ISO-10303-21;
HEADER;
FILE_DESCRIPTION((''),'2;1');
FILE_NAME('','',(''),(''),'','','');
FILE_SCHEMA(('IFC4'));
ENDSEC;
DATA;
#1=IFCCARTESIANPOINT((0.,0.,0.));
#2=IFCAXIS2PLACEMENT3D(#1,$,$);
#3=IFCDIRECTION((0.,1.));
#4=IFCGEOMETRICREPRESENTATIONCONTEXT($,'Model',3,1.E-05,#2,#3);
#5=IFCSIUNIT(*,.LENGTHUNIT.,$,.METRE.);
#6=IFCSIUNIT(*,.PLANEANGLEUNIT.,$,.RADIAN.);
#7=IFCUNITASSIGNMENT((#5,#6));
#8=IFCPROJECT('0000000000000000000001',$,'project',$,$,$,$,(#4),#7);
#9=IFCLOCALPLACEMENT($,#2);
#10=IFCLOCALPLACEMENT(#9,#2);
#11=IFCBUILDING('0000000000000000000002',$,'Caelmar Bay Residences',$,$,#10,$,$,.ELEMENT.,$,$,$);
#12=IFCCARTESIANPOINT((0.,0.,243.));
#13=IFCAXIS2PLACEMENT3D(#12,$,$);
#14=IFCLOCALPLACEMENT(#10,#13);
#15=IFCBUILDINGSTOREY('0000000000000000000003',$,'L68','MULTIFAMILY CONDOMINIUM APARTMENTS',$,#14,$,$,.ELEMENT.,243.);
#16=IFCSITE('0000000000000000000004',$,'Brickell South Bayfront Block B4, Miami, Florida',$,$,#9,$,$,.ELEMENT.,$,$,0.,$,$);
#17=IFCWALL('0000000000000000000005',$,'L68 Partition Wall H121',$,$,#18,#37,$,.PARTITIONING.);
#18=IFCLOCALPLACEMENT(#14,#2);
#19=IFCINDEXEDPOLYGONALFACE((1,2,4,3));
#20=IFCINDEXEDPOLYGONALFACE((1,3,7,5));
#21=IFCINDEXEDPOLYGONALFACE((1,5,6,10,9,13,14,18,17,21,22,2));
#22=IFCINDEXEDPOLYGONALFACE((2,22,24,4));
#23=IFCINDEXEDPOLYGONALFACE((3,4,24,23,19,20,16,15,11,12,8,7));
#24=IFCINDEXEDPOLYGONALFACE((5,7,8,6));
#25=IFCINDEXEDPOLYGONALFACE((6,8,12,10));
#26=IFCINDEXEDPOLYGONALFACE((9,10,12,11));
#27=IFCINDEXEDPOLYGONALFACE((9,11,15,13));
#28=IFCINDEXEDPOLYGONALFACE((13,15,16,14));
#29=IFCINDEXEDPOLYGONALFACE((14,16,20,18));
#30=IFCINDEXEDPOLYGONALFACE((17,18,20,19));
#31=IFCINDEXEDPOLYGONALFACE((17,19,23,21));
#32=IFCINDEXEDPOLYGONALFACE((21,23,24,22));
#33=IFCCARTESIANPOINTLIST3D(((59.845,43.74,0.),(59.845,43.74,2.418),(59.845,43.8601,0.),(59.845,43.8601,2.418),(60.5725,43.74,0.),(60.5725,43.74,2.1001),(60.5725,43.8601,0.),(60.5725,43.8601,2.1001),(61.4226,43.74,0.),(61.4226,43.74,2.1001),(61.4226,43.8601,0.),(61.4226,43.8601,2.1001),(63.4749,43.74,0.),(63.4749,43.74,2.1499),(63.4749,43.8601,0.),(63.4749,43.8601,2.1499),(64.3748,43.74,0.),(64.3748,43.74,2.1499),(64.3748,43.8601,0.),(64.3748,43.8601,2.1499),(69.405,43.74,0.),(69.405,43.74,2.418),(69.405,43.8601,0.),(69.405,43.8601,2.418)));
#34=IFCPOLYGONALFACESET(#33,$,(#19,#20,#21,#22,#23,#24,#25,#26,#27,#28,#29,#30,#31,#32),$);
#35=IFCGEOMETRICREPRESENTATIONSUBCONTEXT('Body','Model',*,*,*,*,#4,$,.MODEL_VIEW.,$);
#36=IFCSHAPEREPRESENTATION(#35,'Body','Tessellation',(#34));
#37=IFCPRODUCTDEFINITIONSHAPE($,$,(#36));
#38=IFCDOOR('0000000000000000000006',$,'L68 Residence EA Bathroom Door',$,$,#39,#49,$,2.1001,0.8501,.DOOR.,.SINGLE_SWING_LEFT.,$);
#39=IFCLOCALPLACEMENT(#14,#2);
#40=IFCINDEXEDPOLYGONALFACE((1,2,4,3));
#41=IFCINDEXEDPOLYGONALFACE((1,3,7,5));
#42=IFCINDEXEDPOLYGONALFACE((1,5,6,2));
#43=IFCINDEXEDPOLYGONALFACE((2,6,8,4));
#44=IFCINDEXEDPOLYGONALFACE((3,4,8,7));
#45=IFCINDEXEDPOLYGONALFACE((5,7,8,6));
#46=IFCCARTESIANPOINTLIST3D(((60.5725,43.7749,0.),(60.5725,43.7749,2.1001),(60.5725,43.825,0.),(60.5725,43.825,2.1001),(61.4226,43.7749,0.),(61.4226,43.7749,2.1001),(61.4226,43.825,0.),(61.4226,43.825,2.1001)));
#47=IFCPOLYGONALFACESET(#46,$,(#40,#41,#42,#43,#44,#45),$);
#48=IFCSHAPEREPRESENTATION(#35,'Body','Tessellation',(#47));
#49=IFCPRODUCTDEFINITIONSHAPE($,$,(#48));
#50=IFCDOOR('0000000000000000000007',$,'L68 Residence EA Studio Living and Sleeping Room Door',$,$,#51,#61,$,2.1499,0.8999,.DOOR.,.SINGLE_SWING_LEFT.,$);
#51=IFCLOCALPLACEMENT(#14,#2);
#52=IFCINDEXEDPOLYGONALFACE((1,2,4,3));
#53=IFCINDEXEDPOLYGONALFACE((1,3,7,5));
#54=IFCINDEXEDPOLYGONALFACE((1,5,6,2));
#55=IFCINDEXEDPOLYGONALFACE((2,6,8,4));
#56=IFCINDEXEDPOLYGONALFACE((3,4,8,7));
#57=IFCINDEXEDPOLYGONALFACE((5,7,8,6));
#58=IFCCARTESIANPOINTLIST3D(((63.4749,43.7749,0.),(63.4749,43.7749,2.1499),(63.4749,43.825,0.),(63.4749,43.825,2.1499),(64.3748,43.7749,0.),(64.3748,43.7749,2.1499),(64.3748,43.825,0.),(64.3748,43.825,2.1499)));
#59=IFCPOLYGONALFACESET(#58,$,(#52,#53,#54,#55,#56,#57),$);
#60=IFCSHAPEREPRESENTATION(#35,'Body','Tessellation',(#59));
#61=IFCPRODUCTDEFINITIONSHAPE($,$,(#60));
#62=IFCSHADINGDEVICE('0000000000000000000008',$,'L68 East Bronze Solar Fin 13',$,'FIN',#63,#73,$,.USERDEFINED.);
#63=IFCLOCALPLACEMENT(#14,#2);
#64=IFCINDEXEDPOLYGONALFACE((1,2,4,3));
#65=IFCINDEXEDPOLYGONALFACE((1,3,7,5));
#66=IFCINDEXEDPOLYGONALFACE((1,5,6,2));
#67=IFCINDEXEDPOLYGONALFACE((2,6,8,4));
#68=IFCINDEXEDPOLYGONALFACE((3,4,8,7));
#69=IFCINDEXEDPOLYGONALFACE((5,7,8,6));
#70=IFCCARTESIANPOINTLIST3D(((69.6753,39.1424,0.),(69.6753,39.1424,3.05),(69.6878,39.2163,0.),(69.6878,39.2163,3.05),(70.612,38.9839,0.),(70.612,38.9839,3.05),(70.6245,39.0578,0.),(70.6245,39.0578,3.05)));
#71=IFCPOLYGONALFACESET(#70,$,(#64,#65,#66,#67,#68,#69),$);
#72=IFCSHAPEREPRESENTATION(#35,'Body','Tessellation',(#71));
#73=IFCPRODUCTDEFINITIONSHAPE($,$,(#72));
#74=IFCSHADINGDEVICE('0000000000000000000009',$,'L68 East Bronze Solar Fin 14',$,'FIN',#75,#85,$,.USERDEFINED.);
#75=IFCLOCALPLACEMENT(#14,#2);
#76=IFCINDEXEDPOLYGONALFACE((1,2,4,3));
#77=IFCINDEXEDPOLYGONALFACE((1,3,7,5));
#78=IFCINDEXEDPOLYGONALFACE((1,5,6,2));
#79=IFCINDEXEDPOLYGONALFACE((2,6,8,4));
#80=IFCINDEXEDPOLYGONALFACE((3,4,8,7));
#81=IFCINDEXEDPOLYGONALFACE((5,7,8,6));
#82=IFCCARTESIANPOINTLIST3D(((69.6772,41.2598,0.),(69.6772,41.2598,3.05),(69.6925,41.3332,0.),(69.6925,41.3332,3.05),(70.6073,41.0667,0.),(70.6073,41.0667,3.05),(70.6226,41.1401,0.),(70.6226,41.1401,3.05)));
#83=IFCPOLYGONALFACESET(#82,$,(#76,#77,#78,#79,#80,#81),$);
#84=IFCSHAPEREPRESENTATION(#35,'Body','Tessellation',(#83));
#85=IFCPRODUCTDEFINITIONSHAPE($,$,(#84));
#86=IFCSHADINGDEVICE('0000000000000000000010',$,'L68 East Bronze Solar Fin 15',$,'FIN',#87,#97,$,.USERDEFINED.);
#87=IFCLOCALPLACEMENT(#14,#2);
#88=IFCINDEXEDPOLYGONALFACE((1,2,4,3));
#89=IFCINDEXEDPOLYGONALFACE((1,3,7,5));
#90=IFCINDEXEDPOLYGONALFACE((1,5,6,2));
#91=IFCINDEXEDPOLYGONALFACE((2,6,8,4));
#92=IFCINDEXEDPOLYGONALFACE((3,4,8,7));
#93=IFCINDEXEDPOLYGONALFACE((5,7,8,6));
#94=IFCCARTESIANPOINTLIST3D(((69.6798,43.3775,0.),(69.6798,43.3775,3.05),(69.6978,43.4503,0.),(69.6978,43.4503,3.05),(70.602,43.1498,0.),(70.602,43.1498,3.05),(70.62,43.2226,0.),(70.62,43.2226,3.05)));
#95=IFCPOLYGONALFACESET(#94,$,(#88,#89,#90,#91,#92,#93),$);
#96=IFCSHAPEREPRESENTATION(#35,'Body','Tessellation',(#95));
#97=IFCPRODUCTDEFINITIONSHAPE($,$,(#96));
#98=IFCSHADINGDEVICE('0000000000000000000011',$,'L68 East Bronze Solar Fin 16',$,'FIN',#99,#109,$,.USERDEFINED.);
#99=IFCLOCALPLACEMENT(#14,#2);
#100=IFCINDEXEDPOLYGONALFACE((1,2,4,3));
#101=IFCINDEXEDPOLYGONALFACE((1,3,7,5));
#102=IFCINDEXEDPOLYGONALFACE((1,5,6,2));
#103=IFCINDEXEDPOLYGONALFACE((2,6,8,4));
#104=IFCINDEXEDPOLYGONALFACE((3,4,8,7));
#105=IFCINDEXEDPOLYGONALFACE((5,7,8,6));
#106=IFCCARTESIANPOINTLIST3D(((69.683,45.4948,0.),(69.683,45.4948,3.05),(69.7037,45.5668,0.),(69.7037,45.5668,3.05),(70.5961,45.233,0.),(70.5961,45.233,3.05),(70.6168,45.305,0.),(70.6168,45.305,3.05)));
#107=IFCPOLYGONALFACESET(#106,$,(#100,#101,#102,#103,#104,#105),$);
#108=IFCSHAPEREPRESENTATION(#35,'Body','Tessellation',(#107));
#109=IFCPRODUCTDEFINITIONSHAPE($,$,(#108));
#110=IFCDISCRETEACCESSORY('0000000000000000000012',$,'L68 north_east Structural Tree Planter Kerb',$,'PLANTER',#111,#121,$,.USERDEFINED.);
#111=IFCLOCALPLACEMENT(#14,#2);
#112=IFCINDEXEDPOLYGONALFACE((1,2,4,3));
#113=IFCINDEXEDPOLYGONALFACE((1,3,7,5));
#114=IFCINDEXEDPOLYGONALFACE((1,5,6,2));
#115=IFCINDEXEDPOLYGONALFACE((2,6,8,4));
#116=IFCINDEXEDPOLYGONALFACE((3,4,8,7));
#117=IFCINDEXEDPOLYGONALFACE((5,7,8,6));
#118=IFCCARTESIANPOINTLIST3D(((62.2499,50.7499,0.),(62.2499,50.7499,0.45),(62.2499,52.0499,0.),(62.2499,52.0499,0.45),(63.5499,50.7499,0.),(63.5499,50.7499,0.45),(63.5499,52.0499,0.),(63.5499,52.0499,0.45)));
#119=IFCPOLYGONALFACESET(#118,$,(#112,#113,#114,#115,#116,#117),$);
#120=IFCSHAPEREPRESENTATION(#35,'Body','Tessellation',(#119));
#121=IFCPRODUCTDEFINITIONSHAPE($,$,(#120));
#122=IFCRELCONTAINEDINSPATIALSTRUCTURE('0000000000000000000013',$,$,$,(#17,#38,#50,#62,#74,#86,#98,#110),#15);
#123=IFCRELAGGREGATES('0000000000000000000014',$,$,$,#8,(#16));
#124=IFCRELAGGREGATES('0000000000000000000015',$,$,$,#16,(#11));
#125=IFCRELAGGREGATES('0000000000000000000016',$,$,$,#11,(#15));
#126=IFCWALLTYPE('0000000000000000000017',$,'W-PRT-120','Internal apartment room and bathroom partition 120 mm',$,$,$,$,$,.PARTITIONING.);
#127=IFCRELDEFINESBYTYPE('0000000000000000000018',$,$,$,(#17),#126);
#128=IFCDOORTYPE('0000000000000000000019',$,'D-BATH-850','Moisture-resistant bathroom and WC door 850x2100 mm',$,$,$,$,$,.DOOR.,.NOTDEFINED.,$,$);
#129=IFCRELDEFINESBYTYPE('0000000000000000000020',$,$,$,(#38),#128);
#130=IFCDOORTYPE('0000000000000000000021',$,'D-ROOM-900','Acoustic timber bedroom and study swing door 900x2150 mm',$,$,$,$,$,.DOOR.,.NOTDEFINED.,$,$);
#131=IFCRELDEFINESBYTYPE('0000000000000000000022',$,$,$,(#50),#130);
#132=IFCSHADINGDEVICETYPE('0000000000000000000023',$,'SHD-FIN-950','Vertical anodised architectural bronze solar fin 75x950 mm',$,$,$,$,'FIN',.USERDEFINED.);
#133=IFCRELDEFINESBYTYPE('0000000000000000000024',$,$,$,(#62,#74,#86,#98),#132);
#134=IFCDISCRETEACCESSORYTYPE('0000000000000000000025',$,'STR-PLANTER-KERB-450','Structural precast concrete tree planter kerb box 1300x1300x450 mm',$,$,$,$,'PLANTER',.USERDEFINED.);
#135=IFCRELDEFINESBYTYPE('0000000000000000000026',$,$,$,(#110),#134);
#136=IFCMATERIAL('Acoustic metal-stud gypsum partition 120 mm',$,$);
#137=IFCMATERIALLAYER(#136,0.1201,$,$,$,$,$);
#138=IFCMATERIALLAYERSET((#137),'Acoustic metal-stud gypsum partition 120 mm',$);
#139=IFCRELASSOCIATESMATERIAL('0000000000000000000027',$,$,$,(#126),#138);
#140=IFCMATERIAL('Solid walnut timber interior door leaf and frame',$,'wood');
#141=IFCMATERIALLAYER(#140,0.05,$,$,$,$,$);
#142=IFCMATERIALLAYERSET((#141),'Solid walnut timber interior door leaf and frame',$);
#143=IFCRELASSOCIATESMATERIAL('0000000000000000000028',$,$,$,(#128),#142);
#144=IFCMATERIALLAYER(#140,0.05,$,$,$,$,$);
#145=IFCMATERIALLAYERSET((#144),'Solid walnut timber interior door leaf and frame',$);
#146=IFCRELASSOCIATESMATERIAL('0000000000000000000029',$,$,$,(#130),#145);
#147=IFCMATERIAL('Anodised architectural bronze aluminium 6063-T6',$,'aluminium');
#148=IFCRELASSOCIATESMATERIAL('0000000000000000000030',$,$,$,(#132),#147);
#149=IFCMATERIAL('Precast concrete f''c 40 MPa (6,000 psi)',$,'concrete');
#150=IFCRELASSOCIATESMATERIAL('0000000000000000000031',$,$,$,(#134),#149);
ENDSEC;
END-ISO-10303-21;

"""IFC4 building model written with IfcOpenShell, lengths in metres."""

from ifc_helpers import new_model, si_unit, direction, frame, frame_2d, origin, origin_2d, place, context, subcontext, project, spatial, rectangle, extrude, material, layer, layer_set, material_profile, profile_set, type_object, element, fill, save


model = new_model("IFC4")

# Units and contexts
model_context = context("Model", 3, precision=1e-05, world=origin(), true_north=direction((0.0, 1.0)))
body_context = subcontext(model_context, "Body", "Model", "MODEL_VIEW")
ifc_project = project(units=[si_unit("LENGTHUNIT", "METRE"), si_unit("PLANEANGLEUNIT", "RADIAN")], contexts=[model_context])

# Site, building, storey
site_placement = place(None, origin())
site = spatial("IfcSite", under=ifc_project, at=site_placement, Name="Brickell South Bayfront Block B4, Miami, Florida", CompositionType="ELEMENT", RefElevation=0.0)
building_placement = place(site_placement, origin())
building = spatial("IfcBuilding", under=site, at=building_placement, Name="Caelmar Bay Residences", CompositionType="ELEMENT")
storey_placement = place(building_placement, frame((0.0, 0.0, 243.0)))
storey = spatial("IfcBuildingStorey", under=building, at=storey_placement, Name="L68", Description="MULTIFAMILY CONDOMINIUM APARTMENTS", CompositionType="ELEMENT", Elevation=243.0)

# Shared definitions
ifc_material_1 = material(Name="Precast concrete f'c 40 MPa (6,000 psi)", Category="concrete")

# Shared definitions
ifc_material_2 = material(Name="Acoustic metal-stud gypsum partition 120 mm")
ifc_layer_1 = layer(ifc_material_2, 0.1201)
ifc_layer_set_1 = layer_set([ifc_layer_1], Name="Acoustic metal-stud gypsum partition 120 mm")
wall_type_1 = type_object("IfcWallType", Name="W-PRT-120", Description="Internal apartment room and bathroom partition 120 mm", PredefinedType="PARTITIONING", material=ifc_layer_set_1)

# Wall, openings, doors
wall_1_placement = place(storey_placement, frame((59.845, 43.8, 0.0), z_axis=(0.0, 0.0, 1.0), x_axis=(1.0, 0.0, 0.0)))
wall_1 = element("IfcWall", 1, at=wall_1_placement, inside=storey, type_object=wall_type_1, Name="L68 Partition Wall H121", PredefinedType="PARTITIONING", context=body_context, shape_type="SweptSolid", body=[
    extrude(rectangle(XDim=9.5601, YDim=0.1201, at=frame_2d((4.78, 0.0))), origin(), (0.0, 0.0, 1.0), 2.418),
])
opening_1_placement = place(wall_1_placement, frame((3.6299, 0.0, 0.0)))
opening_1 = element("IfcOpeningElement", 2, at=opening_1_placement, cuts=wall_1, PredefinedType="OPENING", context=body_context, shape_type="SweptSolid", body=[
    extrude(rectangle(XDim=0.8999, YDim=2.1499, at=frame_2d((0.45, 1.075))), frame((0.0, 0.0701, 0.0), z_axis=(0.0, -1.0, 0.0), x_axis=(1.0, 0.0, 0.0)), (0.0, 0.0, 1.0), 0.1401),
])
opening_2_placement = place(wall_1_placement, frame((0.7275, 0.0, 0.0)))
opening_2 = element("IfcOpeningElement", 3, at=opening_2_placement, cuts=wall_1, PredefinedType="OPENING", context=body_context, shape_type="SweptSolid", body=[
    extrude(rectangle(XDim=0.8501, YDim=2.1001, at=frame_2d((0.425, 1.05))), frame((0.0, 0.0701, 0.0), z_axis=(0.0, -1.0, 0.0), x_axis=(1.0, 0.0, 0.0)), (0.0, 0.0, 1.0), 0.1401),
])
ifc_material_3 = material(Name="Solid walnut timber interior door leaf and frame", Category="wood")
ifc_layer_2 = layer(ifc_material_3, 0.05)
ifc_layer_set_2 = layer_set([ifc_layer_2], Name="Solid walnut timber interior door leaf and frame")
door_type_1 = type_object("IfcDoorType", Name="D-BATH-850", Description="Moisture-resistant bathroom and WC door 850x2100 mm", OperationType="NOTDEFINED", PredefinedType="DOOR", material=ifc_layer_set_2)
door_1_placement = place(opening_2_placement, origin())
door_1 = element("IfcDoor", 4, at=door_1_placement, inside=storey, type_object=door_type_1, Name="L68 Residence EA Bathroom Door", OperationType="SINGLE_SWING_LEFT", OverallHeight=2.1001, OverallWidth=0.8501, PredefinedType="DOOR", context=body_context, shape_type="SweptSolid", body=[
    extrude(rectangle(XDim=0.8501, YDim=2.1001, at=frame_2d((0.425, 1.05))), frame((0.0, 0.0249, 0.0), z_axis=(0.0, -1.0, 0.0), x_axis=(1.0, 0.0, 0.0)), (0.0, 0.0, 1.0), 0.05),
])
fill(opening_2, door_1)
ifc_layer_3 = layer(ifc_material_3, 0.05)
ifc_layer_set_3 = layer_set([ifc_layer_3], Name="Solid walnut timber interior door leaf and frame")
door_type_2 = type_object("IfcDoorType", Name="D-ROOM-900", Description="Acoustic timber bedroom and study swing door 900x2150 mm", OperationType="NOTDEFINED", PredefinedType="DOOR", material=ifc_layer_set_3)
door_2_placement = place(opening_1_placement, origin())
door_2 = element("IfcDoor", 5, at=door_2_placement, inside=storey, type_object=door_type_2, Name="L68 Residence EA Studio Living and Sleeping Room Door", OperationType="SINGLE_SWING_LEFT", OverallHeight=2.1499, OverallWidth=0.8999, PredefinedType="DOOR", context=body_context, shape_type="SweptSolid", body=[
    extrude(rectangle(XDim=0.8999, YDim=2.1499, at=frame_2d((0.45, 1.075))), frame((0.0, 0.0249, 0.0), z_axis=(0.0, -1.0, 0.0), x_axis=(1.0, 0.0, 0.0)), (0.0, 0.0, 1.0), 0.05),
])
fill(opening_1, door_2)

# Shading devices
ifc_material_4 = material(Name="Anodised architectural bronze aluminium 6063-T6", Category="aluminium")
ifc_material_profile_1 = material_profile(ifc_material_4, rectangle(XDim=0.075, YDim=0.95, at=origin_2d()), Name="BRONZE-FIN-75X950")
ifc_profile_set_1 = profile_set([ifc_material_profile_1], Name="Anodised architectural bronze aluminium 6063-T6")
shading_device_type = type_object("IfcShadingDeviceType", Name="SHD-FIN-950", Description="Vertical anodised architectural bronze solar fin 75x950 mm", ElementType="FIN", PredefinedType="USERDEFINED", material=ifc_profile_set_1)
for number, where, z_axis, x_axis, name in (
    (6, (70.1499, 39.1001, 0.0), (0.0, 0.0, 1.0), (0.166769, 0.985996, 0.0), "L68 East Bronze Solar Fin 13"),
    (7, (70.1499, 41.2, 0.0), (0.0, 0.0, 1.0), (0.2033, 0.979116, 0.0), "L68 East Bronze Solar Fin 14"),
    (8, (70.1499, 43.3, 0.0), (0.0, 0.0, 1.0), (0.23972, 0.970842, 0.0), "L68 East Bronze Solar Fin 15"),
    (9, (70.1499, 45.3999, 0.0), (0.0, 0.0, 1.0), (0.275637, 0.961262, 0.0), "L68 East Bronze Solar Fin 16"),
):
    element("IfcShadingDevice", number, at=place(storey_placement, frame(where, z_axis=z_axis, x_axis=x_axis)), inside=storey, type_object=shading_device_type, Name=name, ObjectType="FIN", PredefinedType="USERDEFINED", context=body_context, shape_type="SweptSolid", body=[
        extrude(rectangle(XDim=0.075, YDim=0.95, at=origin_2d()), origin(), (0.0, 0.0, 1.0), 3.05),
    ])

# Discrete accessory
discrete_accessory_type = type_object("IfcDiscreteAccessoryType", Name="STR-PLANTER-KERB-450", Description="Structural precast concrete tree planter kerb box 1300x1300x450 mm", ElementType="PLANTER", PredefinedType="USERDEFINED", material=ifc_material_1)
discrete_accessory_placement = place(storey_placement, frame((62.8999, 51.3999, 0.0), z_axis=(0.0, 0.0, 1.0), x_axis=(1.0, 0.0, 0.0)))
element("IfcDiscreteAccessory", 10, at=discrete_accessory_placement, inside=storey, type_object=discrete_accessory_type, Name="L68 north_east Structural Tree Planter Kerb", ObjectType="PLANTER", PredefinedType="USERDEFINED", context=body_context, shape_type="SweptSolid", body=[
    extrude(rectangle(XDim=1.3, YDim=1.3, at=origin_2d()), origin(), (0.0, 0.0, 1.0), 0.45),
])

save(model, "model.ifc")
